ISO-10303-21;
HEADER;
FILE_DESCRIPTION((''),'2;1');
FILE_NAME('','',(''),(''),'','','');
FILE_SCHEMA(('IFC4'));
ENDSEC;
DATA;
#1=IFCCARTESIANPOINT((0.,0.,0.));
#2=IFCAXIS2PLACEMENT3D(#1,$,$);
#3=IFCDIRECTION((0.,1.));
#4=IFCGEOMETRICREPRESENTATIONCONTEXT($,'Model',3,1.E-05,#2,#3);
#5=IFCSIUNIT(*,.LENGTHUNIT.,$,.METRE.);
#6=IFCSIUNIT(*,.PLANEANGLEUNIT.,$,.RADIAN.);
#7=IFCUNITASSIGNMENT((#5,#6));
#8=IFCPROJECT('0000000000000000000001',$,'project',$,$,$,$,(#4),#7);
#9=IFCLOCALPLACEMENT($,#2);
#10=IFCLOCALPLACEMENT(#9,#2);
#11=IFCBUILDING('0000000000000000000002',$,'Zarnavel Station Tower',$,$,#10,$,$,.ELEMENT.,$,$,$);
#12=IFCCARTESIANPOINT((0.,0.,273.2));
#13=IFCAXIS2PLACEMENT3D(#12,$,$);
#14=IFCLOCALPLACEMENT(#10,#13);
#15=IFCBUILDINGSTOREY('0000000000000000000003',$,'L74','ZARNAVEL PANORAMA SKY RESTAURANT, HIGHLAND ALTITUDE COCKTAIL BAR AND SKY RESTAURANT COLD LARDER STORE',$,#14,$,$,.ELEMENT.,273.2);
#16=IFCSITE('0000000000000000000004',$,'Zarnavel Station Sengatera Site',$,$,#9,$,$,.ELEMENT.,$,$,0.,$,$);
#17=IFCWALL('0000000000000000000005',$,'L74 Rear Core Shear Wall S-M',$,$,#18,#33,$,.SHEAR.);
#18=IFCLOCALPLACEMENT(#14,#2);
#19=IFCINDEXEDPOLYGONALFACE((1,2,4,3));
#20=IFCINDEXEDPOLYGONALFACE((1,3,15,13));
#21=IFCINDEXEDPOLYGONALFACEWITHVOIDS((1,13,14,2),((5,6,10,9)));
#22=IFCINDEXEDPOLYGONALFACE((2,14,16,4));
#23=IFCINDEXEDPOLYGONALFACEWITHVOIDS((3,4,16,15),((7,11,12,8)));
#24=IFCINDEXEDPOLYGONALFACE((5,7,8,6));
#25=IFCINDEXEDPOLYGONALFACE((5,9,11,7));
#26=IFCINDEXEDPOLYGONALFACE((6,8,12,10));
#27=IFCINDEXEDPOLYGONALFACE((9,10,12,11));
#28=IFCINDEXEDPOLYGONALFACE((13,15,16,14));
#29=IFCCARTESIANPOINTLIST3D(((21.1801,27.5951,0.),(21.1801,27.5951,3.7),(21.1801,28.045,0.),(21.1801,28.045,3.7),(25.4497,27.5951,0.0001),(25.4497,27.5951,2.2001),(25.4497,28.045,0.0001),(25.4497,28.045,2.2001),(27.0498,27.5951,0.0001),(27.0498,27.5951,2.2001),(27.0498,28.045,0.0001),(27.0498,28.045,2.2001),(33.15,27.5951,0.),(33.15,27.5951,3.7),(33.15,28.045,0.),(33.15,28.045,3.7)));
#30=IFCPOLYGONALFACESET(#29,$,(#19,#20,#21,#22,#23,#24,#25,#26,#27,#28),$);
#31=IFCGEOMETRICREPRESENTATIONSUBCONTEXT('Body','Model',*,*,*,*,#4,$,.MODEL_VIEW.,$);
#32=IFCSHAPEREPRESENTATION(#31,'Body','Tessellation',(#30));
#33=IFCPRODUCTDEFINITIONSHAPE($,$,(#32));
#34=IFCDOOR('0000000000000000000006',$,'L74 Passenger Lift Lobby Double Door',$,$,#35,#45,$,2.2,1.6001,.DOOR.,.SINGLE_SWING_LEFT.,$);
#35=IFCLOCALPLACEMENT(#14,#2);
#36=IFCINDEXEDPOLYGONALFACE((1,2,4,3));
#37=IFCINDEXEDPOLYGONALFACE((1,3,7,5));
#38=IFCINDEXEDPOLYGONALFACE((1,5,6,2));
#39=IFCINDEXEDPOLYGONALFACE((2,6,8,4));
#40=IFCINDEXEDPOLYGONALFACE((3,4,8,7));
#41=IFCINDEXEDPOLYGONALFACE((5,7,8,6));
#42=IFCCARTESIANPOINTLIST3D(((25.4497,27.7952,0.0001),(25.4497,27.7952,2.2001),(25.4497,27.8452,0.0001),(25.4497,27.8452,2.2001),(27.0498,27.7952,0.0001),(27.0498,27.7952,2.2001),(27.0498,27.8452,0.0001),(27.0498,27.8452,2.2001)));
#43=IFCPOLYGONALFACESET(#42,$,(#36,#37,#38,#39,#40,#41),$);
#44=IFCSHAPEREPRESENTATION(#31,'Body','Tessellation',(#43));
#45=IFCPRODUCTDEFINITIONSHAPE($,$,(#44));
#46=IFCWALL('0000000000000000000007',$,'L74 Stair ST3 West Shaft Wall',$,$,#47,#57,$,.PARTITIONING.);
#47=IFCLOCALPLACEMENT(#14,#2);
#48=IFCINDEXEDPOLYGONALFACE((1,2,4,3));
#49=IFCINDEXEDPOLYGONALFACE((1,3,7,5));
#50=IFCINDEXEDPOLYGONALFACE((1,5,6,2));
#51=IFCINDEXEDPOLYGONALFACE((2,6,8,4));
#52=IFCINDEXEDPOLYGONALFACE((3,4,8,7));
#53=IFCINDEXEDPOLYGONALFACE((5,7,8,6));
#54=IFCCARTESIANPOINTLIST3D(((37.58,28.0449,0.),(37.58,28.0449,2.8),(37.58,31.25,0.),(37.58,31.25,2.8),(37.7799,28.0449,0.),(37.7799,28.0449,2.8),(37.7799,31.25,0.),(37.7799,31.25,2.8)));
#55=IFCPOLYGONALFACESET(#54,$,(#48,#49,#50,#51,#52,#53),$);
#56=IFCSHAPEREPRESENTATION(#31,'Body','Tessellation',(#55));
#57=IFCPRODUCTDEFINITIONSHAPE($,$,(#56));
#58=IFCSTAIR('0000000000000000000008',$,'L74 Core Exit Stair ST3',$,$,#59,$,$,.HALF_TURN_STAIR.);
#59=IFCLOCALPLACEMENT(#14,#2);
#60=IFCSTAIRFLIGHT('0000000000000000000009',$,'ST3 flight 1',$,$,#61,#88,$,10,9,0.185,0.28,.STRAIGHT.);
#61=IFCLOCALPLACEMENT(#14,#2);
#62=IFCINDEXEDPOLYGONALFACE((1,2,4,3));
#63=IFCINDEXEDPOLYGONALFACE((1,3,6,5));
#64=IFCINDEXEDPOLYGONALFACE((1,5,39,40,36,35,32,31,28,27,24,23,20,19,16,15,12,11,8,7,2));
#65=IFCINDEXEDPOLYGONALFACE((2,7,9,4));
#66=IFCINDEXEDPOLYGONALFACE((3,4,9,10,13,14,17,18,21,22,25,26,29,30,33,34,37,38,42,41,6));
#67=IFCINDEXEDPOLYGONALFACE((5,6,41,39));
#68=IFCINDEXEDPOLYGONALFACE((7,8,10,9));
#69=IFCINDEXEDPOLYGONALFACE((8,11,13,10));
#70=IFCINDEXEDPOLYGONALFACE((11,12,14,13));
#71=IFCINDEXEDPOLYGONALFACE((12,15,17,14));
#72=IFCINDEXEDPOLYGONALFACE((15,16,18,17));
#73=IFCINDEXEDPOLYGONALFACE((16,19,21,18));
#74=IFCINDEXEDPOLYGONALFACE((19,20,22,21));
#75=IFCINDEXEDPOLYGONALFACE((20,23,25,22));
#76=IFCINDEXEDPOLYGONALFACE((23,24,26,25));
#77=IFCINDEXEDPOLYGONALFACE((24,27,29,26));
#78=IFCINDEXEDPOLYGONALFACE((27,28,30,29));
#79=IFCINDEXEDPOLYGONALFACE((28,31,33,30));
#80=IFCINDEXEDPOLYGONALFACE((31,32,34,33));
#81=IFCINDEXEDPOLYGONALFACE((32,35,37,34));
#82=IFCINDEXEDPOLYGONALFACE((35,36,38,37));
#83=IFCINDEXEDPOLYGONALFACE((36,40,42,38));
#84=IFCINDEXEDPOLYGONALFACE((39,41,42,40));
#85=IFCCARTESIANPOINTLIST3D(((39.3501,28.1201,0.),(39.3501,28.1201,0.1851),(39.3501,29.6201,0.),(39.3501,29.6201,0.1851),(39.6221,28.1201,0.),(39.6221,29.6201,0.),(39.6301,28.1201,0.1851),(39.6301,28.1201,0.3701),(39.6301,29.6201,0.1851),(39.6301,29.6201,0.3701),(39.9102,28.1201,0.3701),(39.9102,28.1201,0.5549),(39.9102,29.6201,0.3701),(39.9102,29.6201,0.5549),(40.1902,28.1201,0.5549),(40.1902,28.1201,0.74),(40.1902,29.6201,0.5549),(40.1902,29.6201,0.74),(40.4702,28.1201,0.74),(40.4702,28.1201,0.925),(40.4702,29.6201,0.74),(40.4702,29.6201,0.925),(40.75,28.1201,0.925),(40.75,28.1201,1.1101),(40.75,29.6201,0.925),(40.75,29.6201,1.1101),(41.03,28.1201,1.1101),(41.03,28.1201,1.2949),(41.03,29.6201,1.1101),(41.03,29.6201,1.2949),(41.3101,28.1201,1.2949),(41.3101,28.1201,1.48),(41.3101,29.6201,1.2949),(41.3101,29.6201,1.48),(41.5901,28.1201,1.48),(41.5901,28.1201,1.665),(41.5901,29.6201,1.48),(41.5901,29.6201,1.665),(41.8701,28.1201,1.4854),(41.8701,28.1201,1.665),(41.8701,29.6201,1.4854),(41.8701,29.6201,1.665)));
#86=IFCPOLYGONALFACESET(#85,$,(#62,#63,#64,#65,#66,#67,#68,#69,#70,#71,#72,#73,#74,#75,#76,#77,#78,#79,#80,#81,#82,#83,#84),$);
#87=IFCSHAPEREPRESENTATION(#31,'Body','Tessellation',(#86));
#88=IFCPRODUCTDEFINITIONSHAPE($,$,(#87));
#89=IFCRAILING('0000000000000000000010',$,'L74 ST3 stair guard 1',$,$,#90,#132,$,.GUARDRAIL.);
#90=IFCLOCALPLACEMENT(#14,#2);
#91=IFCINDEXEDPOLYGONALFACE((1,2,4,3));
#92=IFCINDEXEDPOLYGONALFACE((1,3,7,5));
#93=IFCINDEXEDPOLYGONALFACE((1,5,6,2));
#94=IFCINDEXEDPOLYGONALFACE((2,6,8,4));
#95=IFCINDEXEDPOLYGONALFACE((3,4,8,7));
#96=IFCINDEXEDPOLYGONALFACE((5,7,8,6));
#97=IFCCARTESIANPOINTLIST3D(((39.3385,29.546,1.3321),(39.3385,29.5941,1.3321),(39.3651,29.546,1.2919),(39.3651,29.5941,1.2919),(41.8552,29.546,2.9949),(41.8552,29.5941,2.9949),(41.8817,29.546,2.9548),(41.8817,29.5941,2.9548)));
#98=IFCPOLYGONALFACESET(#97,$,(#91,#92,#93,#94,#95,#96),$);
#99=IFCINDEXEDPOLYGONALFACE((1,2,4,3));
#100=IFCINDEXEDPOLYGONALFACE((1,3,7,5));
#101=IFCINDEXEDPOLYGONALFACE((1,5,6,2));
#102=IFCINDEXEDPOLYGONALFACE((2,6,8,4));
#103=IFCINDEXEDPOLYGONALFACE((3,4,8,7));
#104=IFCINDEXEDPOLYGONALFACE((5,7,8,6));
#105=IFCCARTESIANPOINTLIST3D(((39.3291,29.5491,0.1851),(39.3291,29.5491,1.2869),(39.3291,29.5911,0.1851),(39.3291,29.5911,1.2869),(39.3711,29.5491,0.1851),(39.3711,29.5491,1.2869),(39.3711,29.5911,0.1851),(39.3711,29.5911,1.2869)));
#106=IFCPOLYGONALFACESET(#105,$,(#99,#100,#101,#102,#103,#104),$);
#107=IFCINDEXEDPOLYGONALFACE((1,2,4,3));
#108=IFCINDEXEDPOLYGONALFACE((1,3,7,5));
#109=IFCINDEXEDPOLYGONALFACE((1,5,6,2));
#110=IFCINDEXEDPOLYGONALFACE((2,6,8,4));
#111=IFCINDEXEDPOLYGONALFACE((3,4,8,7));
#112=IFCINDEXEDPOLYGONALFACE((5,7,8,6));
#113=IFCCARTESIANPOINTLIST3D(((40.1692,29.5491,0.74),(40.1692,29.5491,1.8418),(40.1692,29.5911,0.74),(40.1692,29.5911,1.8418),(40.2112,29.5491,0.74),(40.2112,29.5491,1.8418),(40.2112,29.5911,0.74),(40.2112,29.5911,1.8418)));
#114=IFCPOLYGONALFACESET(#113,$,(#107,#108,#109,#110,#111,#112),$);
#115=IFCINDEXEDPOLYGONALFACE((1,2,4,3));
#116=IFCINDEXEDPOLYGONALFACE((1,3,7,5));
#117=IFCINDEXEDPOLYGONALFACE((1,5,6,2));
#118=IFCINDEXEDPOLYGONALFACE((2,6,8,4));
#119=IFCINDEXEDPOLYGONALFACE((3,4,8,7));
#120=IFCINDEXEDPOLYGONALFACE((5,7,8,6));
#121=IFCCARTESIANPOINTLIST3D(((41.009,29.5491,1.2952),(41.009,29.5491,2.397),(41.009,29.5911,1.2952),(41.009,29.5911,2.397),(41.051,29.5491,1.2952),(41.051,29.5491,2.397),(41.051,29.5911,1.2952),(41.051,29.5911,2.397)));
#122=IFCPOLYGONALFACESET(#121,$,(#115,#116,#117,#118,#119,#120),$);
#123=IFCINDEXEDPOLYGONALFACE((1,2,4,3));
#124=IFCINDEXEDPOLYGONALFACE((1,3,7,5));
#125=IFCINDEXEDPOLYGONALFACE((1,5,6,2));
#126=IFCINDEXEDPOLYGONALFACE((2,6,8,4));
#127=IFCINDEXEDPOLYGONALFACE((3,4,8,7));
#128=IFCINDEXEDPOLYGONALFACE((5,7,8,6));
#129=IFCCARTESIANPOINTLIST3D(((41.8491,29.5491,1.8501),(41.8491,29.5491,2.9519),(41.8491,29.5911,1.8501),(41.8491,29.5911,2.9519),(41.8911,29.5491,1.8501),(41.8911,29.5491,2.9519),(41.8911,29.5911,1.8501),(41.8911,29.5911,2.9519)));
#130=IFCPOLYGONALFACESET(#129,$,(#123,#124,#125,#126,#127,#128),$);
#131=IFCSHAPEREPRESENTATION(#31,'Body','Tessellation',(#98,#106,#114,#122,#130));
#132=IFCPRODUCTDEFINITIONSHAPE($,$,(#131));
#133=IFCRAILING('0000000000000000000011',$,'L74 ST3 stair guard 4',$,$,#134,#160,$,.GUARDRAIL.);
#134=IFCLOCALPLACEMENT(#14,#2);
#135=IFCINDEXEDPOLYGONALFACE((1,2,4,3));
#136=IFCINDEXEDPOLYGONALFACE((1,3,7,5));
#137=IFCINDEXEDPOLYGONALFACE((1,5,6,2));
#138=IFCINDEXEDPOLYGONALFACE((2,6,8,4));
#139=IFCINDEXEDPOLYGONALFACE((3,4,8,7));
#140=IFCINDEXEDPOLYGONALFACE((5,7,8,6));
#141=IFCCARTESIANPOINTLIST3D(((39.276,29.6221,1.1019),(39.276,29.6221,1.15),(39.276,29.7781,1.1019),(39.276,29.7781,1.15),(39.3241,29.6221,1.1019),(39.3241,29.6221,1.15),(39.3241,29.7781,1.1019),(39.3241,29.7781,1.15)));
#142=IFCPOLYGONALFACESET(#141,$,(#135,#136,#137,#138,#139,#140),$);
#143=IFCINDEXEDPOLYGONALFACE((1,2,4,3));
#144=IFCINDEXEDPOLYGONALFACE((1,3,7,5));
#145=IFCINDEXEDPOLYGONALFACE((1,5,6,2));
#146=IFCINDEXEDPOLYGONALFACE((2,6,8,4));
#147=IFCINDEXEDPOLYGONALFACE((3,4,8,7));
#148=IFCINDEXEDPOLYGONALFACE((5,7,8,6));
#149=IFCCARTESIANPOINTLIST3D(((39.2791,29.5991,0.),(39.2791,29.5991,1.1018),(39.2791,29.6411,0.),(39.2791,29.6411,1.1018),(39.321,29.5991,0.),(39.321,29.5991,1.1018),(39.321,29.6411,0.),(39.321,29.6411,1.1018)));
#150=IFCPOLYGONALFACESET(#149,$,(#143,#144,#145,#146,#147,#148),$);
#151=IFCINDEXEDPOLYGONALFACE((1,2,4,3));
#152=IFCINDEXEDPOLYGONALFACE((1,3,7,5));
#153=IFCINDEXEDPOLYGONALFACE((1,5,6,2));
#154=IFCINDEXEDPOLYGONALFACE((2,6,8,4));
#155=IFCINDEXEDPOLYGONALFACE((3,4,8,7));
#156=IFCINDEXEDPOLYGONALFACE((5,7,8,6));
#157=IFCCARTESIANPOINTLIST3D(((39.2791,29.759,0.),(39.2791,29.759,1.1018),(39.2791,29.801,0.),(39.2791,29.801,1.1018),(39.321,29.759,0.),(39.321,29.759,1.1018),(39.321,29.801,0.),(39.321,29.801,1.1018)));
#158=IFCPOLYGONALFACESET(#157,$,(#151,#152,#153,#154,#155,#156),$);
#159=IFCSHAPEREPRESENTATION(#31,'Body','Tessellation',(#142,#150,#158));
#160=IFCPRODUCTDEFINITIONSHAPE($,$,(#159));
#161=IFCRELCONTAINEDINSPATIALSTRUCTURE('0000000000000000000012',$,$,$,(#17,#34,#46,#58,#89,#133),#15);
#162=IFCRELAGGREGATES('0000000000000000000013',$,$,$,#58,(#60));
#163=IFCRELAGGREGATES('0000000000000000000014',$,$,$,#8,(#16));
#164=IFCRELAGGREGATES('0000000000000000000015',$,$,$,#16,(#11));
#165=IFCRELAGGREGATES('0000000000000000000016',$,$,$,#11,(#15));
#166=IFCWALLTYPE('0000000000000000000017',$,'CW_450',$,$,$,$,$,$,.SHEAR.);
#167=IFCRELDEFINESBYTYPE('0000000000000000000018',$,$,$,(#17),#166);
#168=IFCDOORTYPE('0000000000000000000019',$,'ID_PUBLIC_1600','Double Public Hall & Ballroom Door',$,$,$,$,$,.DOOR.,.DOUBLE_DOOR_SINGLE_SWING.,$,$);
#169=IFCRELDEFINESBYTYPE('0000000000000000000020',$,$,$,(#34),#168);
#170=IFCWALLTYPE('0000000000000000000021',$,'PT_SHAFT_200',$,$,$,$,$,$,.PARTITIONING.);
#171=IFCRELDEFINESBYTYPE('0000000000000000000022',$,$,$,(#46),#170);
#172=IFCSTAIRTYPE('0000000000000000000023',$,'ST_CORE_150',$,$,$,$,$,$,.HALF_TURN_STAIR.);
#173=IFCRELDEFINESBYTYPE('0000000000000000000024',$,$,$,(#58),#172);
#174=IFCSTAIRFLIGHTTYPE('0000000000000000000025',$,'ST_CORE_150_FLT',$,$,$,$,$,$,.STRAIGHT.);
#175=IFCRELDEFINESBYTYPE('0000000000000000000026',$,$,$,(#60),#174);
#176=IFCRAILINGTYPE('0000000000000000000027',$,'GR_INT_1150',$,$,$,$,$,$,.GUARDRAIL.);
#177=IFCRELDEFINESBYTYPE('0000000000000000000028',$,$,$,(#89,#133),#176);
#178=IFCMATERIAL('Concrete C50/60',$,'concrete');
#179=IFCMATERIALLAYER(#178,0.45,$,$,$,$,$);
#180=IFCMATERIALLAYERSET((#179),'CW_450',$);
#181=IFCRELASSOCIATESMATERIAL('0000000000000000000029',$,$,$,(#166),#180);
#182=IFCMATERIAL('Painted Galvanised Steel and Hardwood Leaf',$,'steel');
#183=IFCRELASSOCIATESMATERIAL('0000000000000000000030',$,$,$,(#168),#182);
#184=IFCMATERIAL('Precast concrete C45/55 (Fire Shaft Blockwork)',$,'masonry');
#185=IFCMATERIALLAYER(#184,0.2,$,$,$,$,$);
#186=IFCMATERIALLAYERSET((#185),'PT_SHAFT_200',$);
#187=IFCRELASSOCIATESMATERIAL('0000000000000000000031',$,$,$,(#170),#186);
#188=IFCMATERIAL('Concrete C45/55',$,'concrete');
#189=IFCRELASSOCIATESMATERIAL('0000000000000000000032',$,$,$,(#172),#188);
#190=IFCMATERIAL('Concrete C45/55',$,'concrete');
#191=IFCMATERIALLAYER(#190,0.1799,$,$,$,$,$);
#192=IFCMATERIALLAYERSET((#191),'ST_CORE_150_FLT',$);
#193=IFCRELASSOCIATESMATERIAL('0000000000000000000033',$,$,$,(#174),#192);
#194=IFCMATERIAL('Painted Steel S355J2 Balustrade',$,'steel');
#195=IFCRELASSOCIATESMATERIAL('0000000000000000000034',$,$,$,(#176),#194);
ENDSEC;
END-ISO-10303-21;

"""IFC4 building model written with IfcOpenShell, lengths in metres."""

from ifc_helpers import new_model, si_unit, direction, frame, frame_2d, origin, origin_2d, place, context, subcontext, project, spatial, polyline, rectangle, outline, extrude, material, layer, layer_set, type_object, element, fill, aggregate, save


model = new_model("IFC4")

# Units and contexts
model_context = context("Model", 3, precision=1e-05, world=origin(), true_north=direction((0.0, 1.0)))
body_context = subcontext(model_context, "Body", "Model", "MODEL_VIEW")
ifc_project = project(units=[si_unit("LENGTHUNIT", "METRE"), si_unit("PLANEANGLEUNIT", "RADIAN")], contexts=[model_context])

# Site, building, storey
site_placement = place(None, origin())
site = spatial("IfcSite", under=ifc_project, at=site_placement, Name="Zarnavel Station Sengatera Site", CompositionType="ELEMENT", RefElevation=0.0)
building_placement = place(site_placement, origin())
building = spatial("IfcBuilding", under=site, at=building_placement, Name="Zarnavel Station Tower", CompositionType="ELEMENT")
storey_placement = place(building_placement, frame((0.0, 0.0, 273.2)))
storey = spatial("IfcBuildingStorey", under=building, at=storey_placement, Name="L74", Description="ZARNAVEL PANORAMA SKY RESTAURANT, HIGHLAND ALTITUDE COCKTAIL BAR AND SKY RESTAURANT COLD LARDER STORE", CompositionType="ELEMENT", Elevation=273.2)

# Wall, opening, door
ifc_material_1 = material(Name="Concrete C50/60", Category="concrete")
ifc_layer_1 = layer(ifc_material_1, 0.45)
ifc_layer_set_1 = layer_set([ifc_layer_1], Name="CW_450")
wall_type_1 = type_object("IfcWallType", Name="CW_450", PredefinedType="SHEAR", material=ifc_layer_set_1)
wall_1_placement = place(storey_placement, frame((33.1499, 27.8201, 0.0), z_axis=(0.0, 0.0, 1.0), x_axis=(-1.0, 0.0, 0.0)))
wall_1 = element("IfcWall", 1, at=wall_1_placement, inside=storey, type_object=wall_type_1, Name="L74 Rear Core Shear Wall S-M", PredefinedType="SHEAR", context=body_context, shape_type="SweptSolid", body=[
    extrude(rectangle(XDim=11.97, YDim=0.45, at=frame_2d((5.9849, 0.0))), origin(), (0.0, 0.0, 1.0), 3.7),
])
opening_1_placement = place(wall_1_placement, frame((6.1001, 0.0, 0.0)))
opening_1 = element("IfcOpeningElement", 2, at=opening_1_placement, cuts=wall_1, PredefinedType="OPENING", context=body_context, shape_type="SweptSolid", body=[
    extrude(rectangle(XDim=1.6001, YDim=2.2, at=frame_2d((0.8, 1.1001))), frame((0.0, 0.2349, 0.0), z_axis=(0.0, -1.0, 0.0), x_axis=(1.0, 0.0, 0.0)), (0.0, 0.0, 1.0), 0.47),
])
ifc_material_2 = material(Name="Painted Galvanised Steel and Hardwood Leaf", Category="steel")
door_type_1 = type_object("IfcDoorType", Name="ID_PUBLIC_1600", Description="Double Public Hall & Ballroom Door", OperationType="DOUBLE_DOOR_SINGLE_SWING", PredefinedType="DOOR", material=ifc_material_2)
door_1_placement = place(opening_1_placement, origin())
door_1 = element("IfcDoor", 3, at=door_1_placement, inside=storey, type_object=door_type_1, Name="L74 Passenger Lift Lobby Double Door", OperationType="SINGLE_SWING_LEFT", OverallHeight=2.2, OverallWidth=1.6001, PredefinedType="DOOR", context=body_context, shape_type="SweptSolid", body=[
    extrude(rectangle(XDim=1.6001, YDim=2.2, at=frame_2d((0.8, 1.1001))), frame((0.0, 0.0249, 0.0), z_axis=(0.0, -1.0, 0.0), x_axis=(1.0, 0.0, 0.0)), (0.0, 0.0, 1.0), 0.05),
])
fill(opening_1, door_1)

# Wall
ifc_material_3 = material(Name="Precast concrete C45/55 (Fire Shaft Blockwork)", Category="masonry")
ifc_layer_2 = layer(ifc_material_3, 0.2)
ifc_layer_set_2 = layer_set([ifc_layer_2], Name="PT_SHAFT_200")
wall_type_2 = type_object("IfcWallType", Name="PT_SHAFT_200", PredefinedType="PARTITIONING", material=ifc_layer_set_2)
wall_2_placement = place(storey_placement, frame((37.6799, 28.0449, 0.0), z_axis=(0.0, 0.0, 1.0), x_axis=(0.0, 1.0, 0.0)))
element("IfcWall", 4, at=wall_2_placement, inside=storey, type_object=wall_type_2, Name="L74 Stair ST3 West Shaft Wall", PredefinedType="PARTITIONING", context=body_context, shape_type="SweptSolid", body=[
    extrude(rectangle(XDim=3.2051, YDim=0.2, at=frame_2d((1.6025, 0.0))), origin(), (0.0, 0.0, 1.0), 2.8),
])

# Stair, stair flight
ifc_material_4 = material(Name="Concrete C45/55", Category="concrete")
stair_type = type_object("IfcStairType", Name="ST_CORE_150", PredefinedType="HALF_TURN_STAIR", material=ifc_material_4)
stair_placement = place(storey_placement, origin())
stair = element("IfcStair", 5, at=stair_placement, inside=storey, type_object=stair_type, Name="L74 Core Exit Stair ST3", PredefinedType="HALF_TURN_STAIR")
ifc_material_5 = material(Name="Concrete C45/55", Category="concrete")
ifc_layer_3 = layer(ifc_material_5, 0.1799)
ifc_layer_set_3 = layer_set([ifc_layer_3], Name="ST_CORE_150_FLT")
stair_flight_type = type_object("IfcStairFlightType", Name="ST_CORE_150_FLT", PredefinedType="STRAIGHT", material=ifc_layer_set_3)
stair_flight_placement = place(storey_placement, frame((39.3501, 28.8701, 0.0), z_axis=(0.0, 0.0, 1.0), x_axis=(1.0, 0.0, 0.0)))
stair_flight = element("IfcStairFlight", 6, at=stair_flight_placement, type_object=stair_flight_type, Name="ST3 flight 1", NumberOfRisers=10, NumberOfTreads=9, PredefinedType="STRAIGHT", RiserHeight=0.185, TreadLength=0.28, context=body_context, shape_type="SweptSolid", body=[
    extrude(outline(polyline([(0.0, 0.0), (0.0, 0.1851), (0.28, 0.1851), (0.28, 0.3701), (0.5601, 0.3701), (0.5601, 0.5549), (0.8401, 0.5549), (0.8401, 0.74), (1.1201, 0.74), (1.1201, 0.925), (1.3999, 0.925), (1.3999, 1.1101), (1.6799, 1.1101), (1.6799, 1.2949), (1.96, 1.2949), (1.96, 1.48), (2.24, 1.48), (2.24, 1.665), (2.52, 1.665), (2.52, 1.8501), (2.52, 1.4854), (0.272, 0.0), (0.0, 0.0)])), frame((0.0, 0.75, 0.0), z_axis=(0.0, -1.0, 0.0), x_axis=(1.0, 0.0, 0.0)), (0.0, 0.0, 1.0), 1.5),
])
aggregate(stair, [stair_flight])

# Railings
ifc_material_6 = material(Name="Painted Steel S355J2 Balustrade", Category="steel")
railing_type_1 = type_object("IfcRailingType", Name="GR_INT_1150", PredefinedType="GUARDRAIL", material=ifc_material_6)
railing_1_placement = place(storey_placement, frame((39.3501, 29.5701, 0.1851)))
element("IfcRailing", 7, at=railing_1_placement, inside=storey, type_object=railing_type_1, Name="L74 ST3 stair guard 1", PredefinedType="GUARDRAIL", context=body_context, shape_type="SweptSolid", body=[
    extrude(rectangle(XDim=0.0481, YDim=0.0481, at=origin_2d()), frame((0.0017, 0.0, 1.127), z_axis=(0.834331, 0.0, 0.551263), x_axis=(0.0, 1.0, 0.0)), (0.0, 0.0, 1.0), 3.0164),
    extrude(rectangle(XDim=0.042, YDim=0.042, at=origin_2d()), origin(), (0.0, 0.0, 1.0), 1.1018),
    extrude(rectangle(XDim=0.042, YDim=0.042, at=origin_2d()), frame((0.8401, 0.0, 0.5549)), (0.0, 0.0, 1.0), 1.1018),
    extrude(rectangle(XDim=0.042, YDim=0.042, at=origin_2d()), frame((1.6799, 0.0, 1.1101)), (0.0, 0.0, 1.0), 1.1018),
    extrude(rectangle(XDim=0.042, YDim=0.042, at=origin_2d()), frame((2.52, 0.0, 1.665)), (0.0, 0.0, 1.0), 1.1018),
])
railing_2_placement = place(storey_placement, frame((39.3, 29.6201, 0.0)))
element("IfcRailing", 8, at=railing_2_placement, inside=storey, type_object=railing_type_1, Name="L74 ST3 stair guard 4", PredefinedType="GUARDRAIL", context=body_context, shape_type="SweptSolid", body=[
    extrude(rectangle(XDim=0.0481, YDim=0.0481, at=origin_2d()), frame((0.0, 0.002, 1.126), z_axis=(0.0, 1.0, 0.0), x_axis=(-1.0, 0.0, 0.0)), (0.0, 0.0, 1.0), 0.156),
    extrude(rectangle(XDim=0.042, YDim=0.042, at=origin_2d()), origin(), (0.0, 0.0, 1.0), 1.1018),
    extrude(rectangle(XDim=0.042, YDim=0.042, at=origin_2d()), frame((0.0, 0.1599, 0.0)), (0.0, 0.0, 1.0), 1.1018),
])

save(model, "model.ifc")
